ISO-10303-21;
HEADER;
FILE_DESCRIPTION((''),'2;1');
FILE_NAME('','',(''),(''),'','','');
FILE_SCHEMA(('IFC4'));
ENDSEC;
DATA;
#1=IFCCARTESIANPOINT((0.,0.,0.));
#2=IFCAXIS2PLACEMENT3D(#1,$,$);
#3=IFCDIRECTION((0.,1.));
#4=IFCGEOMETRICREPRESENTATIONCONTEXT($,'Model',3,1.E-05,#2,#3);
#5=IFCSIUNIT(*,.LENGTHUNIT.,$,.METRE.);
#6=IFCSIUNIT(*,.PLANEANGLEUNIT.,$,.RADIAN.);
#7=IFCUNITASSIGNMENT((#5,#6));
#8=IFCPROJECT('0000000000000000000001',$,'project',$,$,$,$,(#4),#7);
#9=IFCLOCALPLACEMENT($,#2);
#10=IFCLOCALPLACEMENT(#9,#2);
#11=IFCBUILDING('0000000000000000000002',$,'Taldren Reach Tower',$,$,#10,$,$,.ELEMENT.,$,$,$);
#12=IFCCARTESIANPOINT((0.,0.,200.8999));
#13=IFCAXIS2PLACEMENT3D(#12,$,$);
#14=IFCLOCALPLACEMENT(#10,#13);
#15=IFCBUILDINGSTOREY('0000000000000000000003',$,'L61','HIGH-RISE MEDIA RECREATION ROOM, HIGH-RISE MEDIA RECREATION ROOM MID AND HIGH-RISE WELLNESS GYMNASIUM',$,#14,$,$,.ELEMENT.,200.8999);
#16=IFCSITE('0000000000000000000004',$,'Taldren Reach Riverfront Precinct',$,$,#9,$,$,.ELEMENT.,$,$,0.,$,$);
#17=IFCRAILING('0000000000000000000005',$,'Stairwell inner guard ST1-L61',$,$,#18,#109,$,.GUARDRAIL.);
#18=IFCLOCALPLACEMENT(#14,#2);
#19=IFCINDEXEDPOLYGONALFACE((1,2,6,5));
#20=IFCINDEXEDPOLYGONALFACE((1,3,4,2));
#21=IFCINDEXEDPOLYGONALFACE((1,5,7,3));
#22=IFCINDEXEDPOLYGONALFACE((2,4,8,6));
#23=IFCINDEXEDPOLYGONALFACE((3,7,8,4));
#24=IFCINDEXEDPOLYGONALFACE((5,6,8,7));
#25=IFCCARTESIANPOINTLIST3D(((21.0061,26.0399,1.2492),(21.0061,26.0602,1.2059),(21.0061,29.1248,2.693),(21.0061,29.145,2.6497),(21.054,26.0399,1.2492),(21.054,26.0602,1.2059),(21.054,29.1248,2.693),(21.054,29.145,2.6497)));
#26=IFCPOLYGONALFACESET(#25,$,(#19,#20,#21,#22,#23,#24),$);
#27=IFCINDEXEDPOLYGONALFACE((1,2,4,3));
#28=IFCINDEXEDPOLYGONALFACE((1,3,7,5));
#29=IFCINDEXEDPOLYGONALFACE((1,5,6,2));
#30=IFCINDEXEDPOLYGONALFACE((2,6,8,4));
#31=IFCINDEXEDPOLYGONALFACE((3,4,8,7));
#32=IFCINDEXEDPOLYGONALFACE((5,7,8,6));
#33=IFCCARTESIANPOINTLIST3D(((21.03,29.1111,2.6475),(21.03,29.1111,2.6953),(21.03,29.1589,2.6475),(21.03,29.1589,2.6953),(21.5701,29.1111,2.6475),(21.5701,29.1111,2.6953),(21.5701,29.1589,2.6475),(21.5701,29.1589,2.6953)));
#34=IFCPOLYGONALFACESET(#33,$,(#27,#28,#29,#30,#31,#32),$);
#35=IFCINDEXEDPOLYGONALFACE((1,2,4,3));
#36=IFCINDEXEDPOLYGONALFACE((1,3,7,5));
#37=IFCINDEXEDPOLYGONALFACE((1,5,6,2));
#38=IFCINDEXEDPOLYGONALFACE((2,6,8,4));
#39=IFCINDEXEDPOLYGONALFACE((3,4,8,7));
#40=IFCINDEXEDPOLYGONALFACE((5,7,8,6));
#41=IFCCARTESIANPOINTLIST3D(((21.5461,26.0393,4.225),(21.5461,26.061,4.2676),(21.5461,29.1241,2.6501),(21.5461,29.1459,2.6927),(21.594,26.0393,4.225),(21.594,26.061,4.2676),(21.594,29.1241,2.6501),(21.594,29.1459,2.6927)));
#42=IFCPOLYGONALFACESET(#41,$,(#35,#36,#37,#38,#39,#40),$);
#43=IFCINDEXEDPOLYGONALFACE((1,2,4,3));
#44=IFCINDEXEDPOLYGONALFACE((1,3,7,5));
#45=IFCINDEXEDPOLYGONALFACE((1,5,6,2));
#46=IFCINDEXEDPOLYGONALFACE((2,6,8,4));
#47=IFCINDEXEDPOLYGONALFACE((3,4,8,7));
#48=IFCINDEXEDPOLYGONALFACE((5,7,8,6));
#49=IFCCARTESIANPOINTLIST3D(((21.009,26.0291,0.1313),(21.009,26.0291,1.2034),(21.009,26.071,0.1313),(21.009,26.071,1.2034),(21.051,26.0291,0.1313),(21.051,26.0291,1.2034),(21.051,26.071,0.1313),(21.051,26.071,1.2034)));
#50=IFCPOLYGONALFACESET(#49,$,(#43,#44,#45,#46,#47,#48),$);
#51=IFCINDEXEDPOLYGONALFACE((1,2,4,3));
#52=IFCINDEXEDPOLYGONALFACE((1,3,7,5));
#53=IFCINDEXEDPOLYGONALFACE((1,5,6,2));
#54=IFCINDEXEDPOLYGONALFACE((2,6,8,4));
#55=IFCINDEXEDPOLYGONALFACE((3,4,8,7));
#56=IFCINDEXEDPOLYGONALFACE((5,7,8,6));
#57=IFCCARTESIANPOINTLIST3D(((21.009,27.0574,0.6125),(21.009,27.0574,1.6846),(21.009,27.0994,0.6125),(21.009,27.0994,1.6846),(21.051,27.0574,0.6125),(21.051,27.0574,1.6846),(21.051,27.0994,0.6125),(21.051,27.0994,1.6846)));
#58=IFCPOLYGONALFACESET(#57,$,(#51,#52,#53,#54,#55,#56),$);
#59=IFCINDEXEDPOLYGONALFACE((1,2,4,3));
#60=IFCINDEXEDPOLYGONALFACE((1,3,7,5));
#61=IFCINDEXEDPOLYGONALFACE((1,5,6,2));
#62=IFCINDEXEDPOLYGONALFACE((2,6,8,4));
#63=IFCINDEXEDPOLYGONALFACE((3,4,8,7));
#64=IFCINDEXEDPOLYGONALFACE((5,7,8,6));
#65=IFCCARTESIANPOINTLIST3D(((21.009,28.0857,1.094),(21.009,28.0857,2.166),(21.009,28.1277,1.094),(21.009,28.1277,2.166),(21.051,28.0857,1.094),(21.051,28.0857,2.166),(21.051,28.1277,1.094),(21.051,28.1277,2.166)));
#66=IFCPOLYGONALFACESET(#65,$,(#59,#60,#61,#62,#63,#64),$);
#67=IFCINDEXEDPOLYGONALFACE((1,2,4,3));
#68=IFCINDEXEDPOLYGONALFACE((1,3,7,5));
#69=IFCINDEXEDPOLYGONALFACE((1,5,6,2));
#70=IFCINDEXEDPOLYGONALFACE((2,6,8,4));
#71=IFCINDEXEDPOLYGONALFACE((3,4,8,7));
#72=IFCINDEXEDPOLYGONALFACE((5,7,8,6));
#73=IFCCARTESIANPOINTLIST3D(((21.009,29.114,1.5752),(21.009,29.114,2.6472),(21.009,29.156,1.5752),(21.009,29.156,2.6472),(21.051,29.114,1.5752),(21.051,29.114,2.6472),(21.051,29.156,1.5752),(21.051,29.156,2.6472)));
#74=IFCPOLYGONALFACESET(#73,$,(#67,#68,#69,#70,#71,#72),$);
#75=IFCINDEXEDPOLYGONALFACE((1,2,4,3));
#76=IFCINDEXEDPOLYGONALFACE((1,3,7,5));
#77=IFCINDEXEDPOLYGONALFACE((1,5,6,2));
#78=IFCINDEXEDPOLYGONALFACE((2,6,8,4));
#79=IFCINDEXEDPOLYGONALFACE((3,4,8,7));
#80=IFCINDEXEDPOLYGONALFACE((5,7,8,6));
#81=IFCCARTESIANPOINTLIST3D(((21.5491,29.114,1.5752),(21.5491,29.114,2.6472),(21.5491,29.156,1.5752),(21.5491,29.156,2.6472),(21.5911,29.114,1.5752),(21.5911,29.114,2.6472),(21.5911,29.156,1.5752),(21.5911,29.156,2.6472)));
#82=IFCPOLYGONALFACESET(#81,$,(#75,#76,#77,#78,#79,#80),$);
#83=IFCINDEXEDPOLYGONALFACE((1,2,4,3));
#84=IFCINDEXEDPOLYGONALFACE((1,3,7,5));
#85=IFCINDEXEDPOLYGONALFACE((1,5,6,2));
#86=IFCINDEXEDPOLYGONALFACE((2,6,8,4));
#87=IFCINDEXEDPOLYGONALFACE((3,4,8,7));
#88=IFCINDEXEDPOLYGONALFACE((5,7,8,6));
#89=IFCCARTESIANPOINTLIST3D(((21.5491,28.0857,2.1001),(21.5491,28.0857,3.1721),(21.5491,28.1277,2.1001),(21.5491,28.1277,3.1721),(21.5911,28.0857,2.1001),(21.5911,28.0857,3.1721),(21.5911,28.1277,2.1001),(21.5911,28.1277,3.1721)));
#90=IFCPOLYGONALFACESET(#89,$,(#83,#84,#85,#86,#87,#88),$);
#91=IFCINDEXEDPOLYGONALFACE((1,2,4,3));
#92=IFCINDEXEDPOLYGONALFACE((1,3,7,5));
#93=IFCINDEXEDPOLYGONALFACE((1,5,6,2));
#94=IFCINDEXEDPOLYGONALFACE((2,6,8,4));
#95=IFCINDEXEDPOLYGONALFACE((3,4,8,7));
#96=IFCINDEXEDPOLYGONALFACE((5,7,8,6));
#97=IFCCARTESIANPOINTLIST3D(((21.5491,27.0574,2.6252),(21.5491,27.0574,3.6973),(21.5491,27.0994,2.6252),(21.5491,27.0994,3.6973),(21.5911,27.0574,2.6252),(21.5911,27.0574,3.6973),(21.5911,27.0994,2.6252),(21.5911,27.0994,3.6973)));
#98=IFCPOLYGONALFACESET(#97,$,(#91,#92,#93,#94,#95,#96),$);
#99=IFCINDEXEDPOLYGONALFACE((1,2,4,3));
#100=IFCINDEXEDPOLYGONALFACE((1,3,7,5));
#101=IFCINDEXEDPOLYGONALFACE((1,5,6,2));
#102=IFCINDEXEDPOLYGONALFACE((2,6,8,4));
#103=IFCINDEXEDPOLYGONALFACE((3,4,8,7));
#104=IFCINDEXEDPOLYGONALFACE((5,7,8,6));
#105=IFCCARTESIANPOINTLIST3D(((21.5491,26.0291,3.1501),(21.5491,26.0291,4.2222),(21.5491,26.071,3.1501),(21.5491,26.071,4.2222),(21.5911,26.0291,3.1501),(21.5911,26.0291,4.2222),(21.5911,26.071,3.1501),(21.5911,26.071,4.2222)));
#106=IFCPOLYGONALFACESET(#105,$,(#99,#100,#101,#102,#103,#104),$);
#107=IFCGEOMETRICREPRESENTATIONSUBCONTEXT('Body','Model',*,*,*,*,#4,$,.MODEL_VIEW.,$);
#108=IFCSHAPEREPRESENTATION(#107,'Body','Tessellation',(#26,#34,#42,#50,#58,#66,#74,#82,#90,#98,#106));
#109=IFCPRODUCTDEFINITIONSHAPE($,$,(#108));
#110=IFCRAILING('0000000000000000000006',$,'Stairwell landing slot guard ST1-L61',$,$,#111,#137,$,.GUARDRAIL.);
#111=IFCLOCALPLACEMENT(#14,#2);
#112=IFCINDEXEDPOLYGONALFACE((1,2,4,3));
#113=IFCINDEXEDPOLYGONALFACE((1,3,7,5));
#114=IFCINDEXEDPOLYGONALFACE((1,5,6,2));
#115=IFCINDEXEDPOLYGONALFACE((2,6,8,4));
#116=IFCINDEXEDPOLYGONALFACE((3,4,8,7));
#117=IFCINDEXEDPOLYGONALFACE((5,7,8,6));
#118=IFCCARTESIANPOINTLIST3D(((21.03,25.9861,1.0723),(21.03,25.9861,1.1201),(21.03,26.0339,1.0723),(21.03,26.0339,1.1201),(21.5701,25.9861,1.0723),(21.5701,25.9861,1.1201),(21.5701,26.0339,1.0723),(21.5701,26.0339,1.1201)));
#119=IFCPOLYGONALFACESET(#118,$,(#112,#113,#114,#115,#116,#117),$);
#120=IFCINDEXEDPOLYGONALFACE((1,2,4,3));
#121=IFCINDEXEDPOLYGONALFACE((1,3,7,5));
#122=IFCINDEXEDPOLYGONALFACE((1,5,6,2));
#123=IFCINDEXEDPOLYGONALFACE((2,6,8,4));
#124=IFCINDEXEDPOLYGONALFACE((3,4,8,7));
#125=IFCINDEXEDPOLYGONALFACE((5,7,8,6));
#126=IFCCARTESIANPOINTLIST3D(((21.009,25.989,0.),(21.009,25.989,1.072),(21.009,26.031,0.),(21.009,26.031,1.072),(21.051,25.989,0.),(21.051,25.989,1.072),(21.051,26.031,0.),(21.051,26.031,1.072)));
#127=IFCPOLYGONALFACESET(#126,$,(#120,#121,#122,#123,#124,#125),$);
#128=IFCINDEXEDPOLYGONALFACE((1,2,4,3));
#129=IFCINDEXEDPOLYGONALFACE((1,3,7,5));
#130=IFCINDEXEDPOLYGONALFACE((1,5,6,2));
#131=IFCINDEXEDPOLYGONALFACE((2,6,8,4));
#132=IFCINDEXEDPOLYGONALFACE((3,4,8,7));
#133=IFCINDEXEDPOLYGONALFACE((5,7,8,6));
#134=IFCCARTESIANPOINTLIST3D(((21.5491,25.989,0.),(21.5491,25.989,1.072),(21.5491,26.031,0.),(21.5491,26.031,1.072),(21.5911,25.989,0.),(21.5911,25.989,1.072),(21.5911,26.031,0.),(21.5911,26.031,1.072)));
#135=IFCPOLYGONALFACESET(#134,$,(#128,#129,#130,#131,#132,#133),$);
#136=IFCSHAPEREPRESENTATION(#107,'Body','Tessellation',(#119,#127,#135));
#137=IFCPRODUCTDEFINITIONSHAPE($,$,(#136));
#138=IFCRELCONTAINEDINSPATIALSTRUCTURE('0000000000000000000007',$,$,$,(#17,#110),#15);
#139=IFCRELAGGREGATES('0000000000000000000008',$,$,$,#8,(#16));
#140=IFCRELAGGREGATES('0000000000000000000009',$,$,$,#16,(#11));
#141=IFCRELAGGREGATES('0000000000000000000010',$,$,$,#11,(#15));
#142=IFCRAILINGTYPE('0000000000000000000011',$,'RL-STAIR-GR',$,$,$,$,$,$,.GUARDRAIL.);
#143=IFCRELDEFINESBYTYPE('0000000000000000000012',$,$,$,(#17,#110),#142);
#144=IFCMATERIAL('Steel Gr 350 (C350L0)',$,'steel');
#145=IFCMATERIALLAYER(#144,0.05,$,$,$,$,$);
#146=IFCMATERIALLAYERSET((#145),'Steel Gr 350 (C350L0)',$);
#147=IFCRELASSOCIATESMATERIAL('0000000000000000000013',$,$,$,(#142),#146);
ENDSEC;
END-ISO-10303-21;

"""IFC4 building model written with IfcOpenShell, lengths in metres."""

from ifc_helpers import new_model, si_unit, direction, frame, origin, origin_2d, place, context, subcontext, project, spatial, rectangle, extrude, material, layer, layer_set, type_object, element, save


model = new_model("IFC4")

# Units and contexts
model_context = context("Model", 3, precision=1e-05, world=origin(), true_north=direction((0.0, 1.0)))
body_context = subcontext(model_context, "Body", "Model", "MODEL_VIEW")
ifc_project = project(units=[si_unit("LENGTHUNIT", "METRE"), si_unit("PLANEANGLEUNIT", "RADIAN")], contexts=[model_context])

# Site, building, storey
site_placement = place(None, origin())
site = spatial("IfcSite", under=ifc_project, at=site_placement, Name="Taldren Reach Riverfront Precinct", CompositionType="ELEMENT", RefElevation=0.0)
building_placement = place(site_placement, origin())
building = spatial("IfcBuilding", under=site, at=building_placement, Name="Taldren Reach Tower", CompositionType="ELEMENT")
storey_placement = place(building_placement, frame((0.0, 0.0, 200.8999)))
storey = spatial("IfcBuildingStorey", under=building, at=storey_placement, Name="L61", Description="HIGH-RISE MEDIA RECREATION ROOM, HIGH-RISE MEDIA RECREATION ROOM MID AND HIGH-RISE WELLNESS GYMNASIUM", CompositionType="ELEMENT", Elevation=200.8999)

# Shared definitions
ifc_material_1 = material(Name="Steel Gr 350 (C350L0)", Category="steel")

# Railings
ifc_layer_1 = layer(ifc_material_1, 0.05)
ifc_layer_set_1 = layer_set([ifc_layer_1], Name="Steel Gr 350 (C350L0)")
railing_type_1 = type_object("IfcRailingType", Name="RL-STAIR-GR", PredefinedType="GUARDRAIL", material=ifc_layer_set_1)
railing_1_placement = place(storey_placement, frame((21.03, 26.05, 0.1313)))
element("IfcRailing", 1, at=railing_1_placement, inside=storey, type_object=railing_type_1, Name="Stairwell inner guard ST1-L61", PredefinedType="GUARDRAIL", context=body_context, shape_type="SweptSolid", body=[
    extrude(rectangle(XDim=0.0479, YDim=0.0479, at=origin_2d()), frame((0.0, 0.0, 1.0962), z_axis=(0.0, 0.90571, 0.423898), x_axis=(-1.0, 0.0, 0.0)), (0.0, 0.0, 1.0), 3.406),
    extrude(rectangle(XDim=0.0479, YDim=0.0479, at=origin_2d()), frame((0.0, 3.085, 2.54), z_axis=(1.0, 0.0, 0.0), x_axis=(0.0, 1.0, 0.0)), (0.0, 0.0, 1.0), 0.54),
    extrude(rectangle(XDim=0.0479, YDim=0.0479, at=origin_2d()), frame((0.54, 3.085, 2.54), z_axis=(0.0, -0.890646, 0.454697), x_axis=(1.0, 0.0, 0.0)), (0.0, 0.0, 1.0), 3.4636),
    extrude(rectangle(XDim=0.042, YDim=0.042, at=origin_2d()), origin(), (0.0, 0.0, 1.0), 1.072),
    extrude(rectangle(XDim=0.042, YDim=0.042, at=origin_2d()), frame((0.0, 1.0283, 0.4812)), (0.0, 0.0, 1.0), 1.072),
    extrude(rectangle(XDim=0.042, YDim=0.042, at=origin_2d()), frame((0.0, 2.0566, 0.9626)), (0.0, 0.0, 1.0), 1.072),
    extrude(rectangle(XDim=0.042, YDim=0.042, at=origin_2d()), frame((0.0, 3.085, 1.4438)), (0.0, 0.0, 1.0), 1.072),
    extrude(rectangle(XDim=0.042, YDim=0.042, at=origin_2d()), frame((0.54, 3.085, 1.4438)), (0.0, 0.0, 1.0), 1.072),
    extrude(rectangle(XDim=0.042, YDim=0.042, at=origin_2d()), frame((0.54, 2.0566, 1.9688)), (0.0, 0.0, 1.0), 1.072),
    extrude(rectangle(XDim=0.042, YDim=0.042, at=origin_2d()), frame((0.54, 1.0283, 2.4939)), (0.0, 0.0, 1.0), 1.072),
    extrude(rectangle(XDim=0.042, YDim=0.042, at=origin_2d()), frame((0.54, 0.0, 3.0188)), (0.0, 0.0, 1.0), 1.072),
])
railing_2_placement = place(storey_placement, frame((21.03, 26.01, 0.0)))
element("IfcRailing", 2, at=railing_2_placement, inside=storey, type_object=railing_type_1, Name="Stairwell landing slot guard ST1-L61", PredefinedType="GUARDRAIL", context=body_context, shape_type="SweptSolid", body=[
    extrude(rectangle(XDim=0.0479, YDim=0.0479, at=origin_2d()), frame((0.0, 0.0, 1.0962), z_axis=(1.0, 0.0, 0.0), x_axis=(0.0, 1.0, 0.0)), (0.0, 0.0, 1.0), 0.54),
    extrude(rectangle(XDim=0.042, YDim=0.042, at=origin_2d()), origin(), (0.0, 0.0, 1.0), 1.072),
    extrude(rectangle(XDim=0.042, YDim=0.042, at=origin_2d()), frame((0.54, 0.0, 0.0)), (0.0, 0.0, 1.0), 1.072),
])

save(model, "model.ifc")
